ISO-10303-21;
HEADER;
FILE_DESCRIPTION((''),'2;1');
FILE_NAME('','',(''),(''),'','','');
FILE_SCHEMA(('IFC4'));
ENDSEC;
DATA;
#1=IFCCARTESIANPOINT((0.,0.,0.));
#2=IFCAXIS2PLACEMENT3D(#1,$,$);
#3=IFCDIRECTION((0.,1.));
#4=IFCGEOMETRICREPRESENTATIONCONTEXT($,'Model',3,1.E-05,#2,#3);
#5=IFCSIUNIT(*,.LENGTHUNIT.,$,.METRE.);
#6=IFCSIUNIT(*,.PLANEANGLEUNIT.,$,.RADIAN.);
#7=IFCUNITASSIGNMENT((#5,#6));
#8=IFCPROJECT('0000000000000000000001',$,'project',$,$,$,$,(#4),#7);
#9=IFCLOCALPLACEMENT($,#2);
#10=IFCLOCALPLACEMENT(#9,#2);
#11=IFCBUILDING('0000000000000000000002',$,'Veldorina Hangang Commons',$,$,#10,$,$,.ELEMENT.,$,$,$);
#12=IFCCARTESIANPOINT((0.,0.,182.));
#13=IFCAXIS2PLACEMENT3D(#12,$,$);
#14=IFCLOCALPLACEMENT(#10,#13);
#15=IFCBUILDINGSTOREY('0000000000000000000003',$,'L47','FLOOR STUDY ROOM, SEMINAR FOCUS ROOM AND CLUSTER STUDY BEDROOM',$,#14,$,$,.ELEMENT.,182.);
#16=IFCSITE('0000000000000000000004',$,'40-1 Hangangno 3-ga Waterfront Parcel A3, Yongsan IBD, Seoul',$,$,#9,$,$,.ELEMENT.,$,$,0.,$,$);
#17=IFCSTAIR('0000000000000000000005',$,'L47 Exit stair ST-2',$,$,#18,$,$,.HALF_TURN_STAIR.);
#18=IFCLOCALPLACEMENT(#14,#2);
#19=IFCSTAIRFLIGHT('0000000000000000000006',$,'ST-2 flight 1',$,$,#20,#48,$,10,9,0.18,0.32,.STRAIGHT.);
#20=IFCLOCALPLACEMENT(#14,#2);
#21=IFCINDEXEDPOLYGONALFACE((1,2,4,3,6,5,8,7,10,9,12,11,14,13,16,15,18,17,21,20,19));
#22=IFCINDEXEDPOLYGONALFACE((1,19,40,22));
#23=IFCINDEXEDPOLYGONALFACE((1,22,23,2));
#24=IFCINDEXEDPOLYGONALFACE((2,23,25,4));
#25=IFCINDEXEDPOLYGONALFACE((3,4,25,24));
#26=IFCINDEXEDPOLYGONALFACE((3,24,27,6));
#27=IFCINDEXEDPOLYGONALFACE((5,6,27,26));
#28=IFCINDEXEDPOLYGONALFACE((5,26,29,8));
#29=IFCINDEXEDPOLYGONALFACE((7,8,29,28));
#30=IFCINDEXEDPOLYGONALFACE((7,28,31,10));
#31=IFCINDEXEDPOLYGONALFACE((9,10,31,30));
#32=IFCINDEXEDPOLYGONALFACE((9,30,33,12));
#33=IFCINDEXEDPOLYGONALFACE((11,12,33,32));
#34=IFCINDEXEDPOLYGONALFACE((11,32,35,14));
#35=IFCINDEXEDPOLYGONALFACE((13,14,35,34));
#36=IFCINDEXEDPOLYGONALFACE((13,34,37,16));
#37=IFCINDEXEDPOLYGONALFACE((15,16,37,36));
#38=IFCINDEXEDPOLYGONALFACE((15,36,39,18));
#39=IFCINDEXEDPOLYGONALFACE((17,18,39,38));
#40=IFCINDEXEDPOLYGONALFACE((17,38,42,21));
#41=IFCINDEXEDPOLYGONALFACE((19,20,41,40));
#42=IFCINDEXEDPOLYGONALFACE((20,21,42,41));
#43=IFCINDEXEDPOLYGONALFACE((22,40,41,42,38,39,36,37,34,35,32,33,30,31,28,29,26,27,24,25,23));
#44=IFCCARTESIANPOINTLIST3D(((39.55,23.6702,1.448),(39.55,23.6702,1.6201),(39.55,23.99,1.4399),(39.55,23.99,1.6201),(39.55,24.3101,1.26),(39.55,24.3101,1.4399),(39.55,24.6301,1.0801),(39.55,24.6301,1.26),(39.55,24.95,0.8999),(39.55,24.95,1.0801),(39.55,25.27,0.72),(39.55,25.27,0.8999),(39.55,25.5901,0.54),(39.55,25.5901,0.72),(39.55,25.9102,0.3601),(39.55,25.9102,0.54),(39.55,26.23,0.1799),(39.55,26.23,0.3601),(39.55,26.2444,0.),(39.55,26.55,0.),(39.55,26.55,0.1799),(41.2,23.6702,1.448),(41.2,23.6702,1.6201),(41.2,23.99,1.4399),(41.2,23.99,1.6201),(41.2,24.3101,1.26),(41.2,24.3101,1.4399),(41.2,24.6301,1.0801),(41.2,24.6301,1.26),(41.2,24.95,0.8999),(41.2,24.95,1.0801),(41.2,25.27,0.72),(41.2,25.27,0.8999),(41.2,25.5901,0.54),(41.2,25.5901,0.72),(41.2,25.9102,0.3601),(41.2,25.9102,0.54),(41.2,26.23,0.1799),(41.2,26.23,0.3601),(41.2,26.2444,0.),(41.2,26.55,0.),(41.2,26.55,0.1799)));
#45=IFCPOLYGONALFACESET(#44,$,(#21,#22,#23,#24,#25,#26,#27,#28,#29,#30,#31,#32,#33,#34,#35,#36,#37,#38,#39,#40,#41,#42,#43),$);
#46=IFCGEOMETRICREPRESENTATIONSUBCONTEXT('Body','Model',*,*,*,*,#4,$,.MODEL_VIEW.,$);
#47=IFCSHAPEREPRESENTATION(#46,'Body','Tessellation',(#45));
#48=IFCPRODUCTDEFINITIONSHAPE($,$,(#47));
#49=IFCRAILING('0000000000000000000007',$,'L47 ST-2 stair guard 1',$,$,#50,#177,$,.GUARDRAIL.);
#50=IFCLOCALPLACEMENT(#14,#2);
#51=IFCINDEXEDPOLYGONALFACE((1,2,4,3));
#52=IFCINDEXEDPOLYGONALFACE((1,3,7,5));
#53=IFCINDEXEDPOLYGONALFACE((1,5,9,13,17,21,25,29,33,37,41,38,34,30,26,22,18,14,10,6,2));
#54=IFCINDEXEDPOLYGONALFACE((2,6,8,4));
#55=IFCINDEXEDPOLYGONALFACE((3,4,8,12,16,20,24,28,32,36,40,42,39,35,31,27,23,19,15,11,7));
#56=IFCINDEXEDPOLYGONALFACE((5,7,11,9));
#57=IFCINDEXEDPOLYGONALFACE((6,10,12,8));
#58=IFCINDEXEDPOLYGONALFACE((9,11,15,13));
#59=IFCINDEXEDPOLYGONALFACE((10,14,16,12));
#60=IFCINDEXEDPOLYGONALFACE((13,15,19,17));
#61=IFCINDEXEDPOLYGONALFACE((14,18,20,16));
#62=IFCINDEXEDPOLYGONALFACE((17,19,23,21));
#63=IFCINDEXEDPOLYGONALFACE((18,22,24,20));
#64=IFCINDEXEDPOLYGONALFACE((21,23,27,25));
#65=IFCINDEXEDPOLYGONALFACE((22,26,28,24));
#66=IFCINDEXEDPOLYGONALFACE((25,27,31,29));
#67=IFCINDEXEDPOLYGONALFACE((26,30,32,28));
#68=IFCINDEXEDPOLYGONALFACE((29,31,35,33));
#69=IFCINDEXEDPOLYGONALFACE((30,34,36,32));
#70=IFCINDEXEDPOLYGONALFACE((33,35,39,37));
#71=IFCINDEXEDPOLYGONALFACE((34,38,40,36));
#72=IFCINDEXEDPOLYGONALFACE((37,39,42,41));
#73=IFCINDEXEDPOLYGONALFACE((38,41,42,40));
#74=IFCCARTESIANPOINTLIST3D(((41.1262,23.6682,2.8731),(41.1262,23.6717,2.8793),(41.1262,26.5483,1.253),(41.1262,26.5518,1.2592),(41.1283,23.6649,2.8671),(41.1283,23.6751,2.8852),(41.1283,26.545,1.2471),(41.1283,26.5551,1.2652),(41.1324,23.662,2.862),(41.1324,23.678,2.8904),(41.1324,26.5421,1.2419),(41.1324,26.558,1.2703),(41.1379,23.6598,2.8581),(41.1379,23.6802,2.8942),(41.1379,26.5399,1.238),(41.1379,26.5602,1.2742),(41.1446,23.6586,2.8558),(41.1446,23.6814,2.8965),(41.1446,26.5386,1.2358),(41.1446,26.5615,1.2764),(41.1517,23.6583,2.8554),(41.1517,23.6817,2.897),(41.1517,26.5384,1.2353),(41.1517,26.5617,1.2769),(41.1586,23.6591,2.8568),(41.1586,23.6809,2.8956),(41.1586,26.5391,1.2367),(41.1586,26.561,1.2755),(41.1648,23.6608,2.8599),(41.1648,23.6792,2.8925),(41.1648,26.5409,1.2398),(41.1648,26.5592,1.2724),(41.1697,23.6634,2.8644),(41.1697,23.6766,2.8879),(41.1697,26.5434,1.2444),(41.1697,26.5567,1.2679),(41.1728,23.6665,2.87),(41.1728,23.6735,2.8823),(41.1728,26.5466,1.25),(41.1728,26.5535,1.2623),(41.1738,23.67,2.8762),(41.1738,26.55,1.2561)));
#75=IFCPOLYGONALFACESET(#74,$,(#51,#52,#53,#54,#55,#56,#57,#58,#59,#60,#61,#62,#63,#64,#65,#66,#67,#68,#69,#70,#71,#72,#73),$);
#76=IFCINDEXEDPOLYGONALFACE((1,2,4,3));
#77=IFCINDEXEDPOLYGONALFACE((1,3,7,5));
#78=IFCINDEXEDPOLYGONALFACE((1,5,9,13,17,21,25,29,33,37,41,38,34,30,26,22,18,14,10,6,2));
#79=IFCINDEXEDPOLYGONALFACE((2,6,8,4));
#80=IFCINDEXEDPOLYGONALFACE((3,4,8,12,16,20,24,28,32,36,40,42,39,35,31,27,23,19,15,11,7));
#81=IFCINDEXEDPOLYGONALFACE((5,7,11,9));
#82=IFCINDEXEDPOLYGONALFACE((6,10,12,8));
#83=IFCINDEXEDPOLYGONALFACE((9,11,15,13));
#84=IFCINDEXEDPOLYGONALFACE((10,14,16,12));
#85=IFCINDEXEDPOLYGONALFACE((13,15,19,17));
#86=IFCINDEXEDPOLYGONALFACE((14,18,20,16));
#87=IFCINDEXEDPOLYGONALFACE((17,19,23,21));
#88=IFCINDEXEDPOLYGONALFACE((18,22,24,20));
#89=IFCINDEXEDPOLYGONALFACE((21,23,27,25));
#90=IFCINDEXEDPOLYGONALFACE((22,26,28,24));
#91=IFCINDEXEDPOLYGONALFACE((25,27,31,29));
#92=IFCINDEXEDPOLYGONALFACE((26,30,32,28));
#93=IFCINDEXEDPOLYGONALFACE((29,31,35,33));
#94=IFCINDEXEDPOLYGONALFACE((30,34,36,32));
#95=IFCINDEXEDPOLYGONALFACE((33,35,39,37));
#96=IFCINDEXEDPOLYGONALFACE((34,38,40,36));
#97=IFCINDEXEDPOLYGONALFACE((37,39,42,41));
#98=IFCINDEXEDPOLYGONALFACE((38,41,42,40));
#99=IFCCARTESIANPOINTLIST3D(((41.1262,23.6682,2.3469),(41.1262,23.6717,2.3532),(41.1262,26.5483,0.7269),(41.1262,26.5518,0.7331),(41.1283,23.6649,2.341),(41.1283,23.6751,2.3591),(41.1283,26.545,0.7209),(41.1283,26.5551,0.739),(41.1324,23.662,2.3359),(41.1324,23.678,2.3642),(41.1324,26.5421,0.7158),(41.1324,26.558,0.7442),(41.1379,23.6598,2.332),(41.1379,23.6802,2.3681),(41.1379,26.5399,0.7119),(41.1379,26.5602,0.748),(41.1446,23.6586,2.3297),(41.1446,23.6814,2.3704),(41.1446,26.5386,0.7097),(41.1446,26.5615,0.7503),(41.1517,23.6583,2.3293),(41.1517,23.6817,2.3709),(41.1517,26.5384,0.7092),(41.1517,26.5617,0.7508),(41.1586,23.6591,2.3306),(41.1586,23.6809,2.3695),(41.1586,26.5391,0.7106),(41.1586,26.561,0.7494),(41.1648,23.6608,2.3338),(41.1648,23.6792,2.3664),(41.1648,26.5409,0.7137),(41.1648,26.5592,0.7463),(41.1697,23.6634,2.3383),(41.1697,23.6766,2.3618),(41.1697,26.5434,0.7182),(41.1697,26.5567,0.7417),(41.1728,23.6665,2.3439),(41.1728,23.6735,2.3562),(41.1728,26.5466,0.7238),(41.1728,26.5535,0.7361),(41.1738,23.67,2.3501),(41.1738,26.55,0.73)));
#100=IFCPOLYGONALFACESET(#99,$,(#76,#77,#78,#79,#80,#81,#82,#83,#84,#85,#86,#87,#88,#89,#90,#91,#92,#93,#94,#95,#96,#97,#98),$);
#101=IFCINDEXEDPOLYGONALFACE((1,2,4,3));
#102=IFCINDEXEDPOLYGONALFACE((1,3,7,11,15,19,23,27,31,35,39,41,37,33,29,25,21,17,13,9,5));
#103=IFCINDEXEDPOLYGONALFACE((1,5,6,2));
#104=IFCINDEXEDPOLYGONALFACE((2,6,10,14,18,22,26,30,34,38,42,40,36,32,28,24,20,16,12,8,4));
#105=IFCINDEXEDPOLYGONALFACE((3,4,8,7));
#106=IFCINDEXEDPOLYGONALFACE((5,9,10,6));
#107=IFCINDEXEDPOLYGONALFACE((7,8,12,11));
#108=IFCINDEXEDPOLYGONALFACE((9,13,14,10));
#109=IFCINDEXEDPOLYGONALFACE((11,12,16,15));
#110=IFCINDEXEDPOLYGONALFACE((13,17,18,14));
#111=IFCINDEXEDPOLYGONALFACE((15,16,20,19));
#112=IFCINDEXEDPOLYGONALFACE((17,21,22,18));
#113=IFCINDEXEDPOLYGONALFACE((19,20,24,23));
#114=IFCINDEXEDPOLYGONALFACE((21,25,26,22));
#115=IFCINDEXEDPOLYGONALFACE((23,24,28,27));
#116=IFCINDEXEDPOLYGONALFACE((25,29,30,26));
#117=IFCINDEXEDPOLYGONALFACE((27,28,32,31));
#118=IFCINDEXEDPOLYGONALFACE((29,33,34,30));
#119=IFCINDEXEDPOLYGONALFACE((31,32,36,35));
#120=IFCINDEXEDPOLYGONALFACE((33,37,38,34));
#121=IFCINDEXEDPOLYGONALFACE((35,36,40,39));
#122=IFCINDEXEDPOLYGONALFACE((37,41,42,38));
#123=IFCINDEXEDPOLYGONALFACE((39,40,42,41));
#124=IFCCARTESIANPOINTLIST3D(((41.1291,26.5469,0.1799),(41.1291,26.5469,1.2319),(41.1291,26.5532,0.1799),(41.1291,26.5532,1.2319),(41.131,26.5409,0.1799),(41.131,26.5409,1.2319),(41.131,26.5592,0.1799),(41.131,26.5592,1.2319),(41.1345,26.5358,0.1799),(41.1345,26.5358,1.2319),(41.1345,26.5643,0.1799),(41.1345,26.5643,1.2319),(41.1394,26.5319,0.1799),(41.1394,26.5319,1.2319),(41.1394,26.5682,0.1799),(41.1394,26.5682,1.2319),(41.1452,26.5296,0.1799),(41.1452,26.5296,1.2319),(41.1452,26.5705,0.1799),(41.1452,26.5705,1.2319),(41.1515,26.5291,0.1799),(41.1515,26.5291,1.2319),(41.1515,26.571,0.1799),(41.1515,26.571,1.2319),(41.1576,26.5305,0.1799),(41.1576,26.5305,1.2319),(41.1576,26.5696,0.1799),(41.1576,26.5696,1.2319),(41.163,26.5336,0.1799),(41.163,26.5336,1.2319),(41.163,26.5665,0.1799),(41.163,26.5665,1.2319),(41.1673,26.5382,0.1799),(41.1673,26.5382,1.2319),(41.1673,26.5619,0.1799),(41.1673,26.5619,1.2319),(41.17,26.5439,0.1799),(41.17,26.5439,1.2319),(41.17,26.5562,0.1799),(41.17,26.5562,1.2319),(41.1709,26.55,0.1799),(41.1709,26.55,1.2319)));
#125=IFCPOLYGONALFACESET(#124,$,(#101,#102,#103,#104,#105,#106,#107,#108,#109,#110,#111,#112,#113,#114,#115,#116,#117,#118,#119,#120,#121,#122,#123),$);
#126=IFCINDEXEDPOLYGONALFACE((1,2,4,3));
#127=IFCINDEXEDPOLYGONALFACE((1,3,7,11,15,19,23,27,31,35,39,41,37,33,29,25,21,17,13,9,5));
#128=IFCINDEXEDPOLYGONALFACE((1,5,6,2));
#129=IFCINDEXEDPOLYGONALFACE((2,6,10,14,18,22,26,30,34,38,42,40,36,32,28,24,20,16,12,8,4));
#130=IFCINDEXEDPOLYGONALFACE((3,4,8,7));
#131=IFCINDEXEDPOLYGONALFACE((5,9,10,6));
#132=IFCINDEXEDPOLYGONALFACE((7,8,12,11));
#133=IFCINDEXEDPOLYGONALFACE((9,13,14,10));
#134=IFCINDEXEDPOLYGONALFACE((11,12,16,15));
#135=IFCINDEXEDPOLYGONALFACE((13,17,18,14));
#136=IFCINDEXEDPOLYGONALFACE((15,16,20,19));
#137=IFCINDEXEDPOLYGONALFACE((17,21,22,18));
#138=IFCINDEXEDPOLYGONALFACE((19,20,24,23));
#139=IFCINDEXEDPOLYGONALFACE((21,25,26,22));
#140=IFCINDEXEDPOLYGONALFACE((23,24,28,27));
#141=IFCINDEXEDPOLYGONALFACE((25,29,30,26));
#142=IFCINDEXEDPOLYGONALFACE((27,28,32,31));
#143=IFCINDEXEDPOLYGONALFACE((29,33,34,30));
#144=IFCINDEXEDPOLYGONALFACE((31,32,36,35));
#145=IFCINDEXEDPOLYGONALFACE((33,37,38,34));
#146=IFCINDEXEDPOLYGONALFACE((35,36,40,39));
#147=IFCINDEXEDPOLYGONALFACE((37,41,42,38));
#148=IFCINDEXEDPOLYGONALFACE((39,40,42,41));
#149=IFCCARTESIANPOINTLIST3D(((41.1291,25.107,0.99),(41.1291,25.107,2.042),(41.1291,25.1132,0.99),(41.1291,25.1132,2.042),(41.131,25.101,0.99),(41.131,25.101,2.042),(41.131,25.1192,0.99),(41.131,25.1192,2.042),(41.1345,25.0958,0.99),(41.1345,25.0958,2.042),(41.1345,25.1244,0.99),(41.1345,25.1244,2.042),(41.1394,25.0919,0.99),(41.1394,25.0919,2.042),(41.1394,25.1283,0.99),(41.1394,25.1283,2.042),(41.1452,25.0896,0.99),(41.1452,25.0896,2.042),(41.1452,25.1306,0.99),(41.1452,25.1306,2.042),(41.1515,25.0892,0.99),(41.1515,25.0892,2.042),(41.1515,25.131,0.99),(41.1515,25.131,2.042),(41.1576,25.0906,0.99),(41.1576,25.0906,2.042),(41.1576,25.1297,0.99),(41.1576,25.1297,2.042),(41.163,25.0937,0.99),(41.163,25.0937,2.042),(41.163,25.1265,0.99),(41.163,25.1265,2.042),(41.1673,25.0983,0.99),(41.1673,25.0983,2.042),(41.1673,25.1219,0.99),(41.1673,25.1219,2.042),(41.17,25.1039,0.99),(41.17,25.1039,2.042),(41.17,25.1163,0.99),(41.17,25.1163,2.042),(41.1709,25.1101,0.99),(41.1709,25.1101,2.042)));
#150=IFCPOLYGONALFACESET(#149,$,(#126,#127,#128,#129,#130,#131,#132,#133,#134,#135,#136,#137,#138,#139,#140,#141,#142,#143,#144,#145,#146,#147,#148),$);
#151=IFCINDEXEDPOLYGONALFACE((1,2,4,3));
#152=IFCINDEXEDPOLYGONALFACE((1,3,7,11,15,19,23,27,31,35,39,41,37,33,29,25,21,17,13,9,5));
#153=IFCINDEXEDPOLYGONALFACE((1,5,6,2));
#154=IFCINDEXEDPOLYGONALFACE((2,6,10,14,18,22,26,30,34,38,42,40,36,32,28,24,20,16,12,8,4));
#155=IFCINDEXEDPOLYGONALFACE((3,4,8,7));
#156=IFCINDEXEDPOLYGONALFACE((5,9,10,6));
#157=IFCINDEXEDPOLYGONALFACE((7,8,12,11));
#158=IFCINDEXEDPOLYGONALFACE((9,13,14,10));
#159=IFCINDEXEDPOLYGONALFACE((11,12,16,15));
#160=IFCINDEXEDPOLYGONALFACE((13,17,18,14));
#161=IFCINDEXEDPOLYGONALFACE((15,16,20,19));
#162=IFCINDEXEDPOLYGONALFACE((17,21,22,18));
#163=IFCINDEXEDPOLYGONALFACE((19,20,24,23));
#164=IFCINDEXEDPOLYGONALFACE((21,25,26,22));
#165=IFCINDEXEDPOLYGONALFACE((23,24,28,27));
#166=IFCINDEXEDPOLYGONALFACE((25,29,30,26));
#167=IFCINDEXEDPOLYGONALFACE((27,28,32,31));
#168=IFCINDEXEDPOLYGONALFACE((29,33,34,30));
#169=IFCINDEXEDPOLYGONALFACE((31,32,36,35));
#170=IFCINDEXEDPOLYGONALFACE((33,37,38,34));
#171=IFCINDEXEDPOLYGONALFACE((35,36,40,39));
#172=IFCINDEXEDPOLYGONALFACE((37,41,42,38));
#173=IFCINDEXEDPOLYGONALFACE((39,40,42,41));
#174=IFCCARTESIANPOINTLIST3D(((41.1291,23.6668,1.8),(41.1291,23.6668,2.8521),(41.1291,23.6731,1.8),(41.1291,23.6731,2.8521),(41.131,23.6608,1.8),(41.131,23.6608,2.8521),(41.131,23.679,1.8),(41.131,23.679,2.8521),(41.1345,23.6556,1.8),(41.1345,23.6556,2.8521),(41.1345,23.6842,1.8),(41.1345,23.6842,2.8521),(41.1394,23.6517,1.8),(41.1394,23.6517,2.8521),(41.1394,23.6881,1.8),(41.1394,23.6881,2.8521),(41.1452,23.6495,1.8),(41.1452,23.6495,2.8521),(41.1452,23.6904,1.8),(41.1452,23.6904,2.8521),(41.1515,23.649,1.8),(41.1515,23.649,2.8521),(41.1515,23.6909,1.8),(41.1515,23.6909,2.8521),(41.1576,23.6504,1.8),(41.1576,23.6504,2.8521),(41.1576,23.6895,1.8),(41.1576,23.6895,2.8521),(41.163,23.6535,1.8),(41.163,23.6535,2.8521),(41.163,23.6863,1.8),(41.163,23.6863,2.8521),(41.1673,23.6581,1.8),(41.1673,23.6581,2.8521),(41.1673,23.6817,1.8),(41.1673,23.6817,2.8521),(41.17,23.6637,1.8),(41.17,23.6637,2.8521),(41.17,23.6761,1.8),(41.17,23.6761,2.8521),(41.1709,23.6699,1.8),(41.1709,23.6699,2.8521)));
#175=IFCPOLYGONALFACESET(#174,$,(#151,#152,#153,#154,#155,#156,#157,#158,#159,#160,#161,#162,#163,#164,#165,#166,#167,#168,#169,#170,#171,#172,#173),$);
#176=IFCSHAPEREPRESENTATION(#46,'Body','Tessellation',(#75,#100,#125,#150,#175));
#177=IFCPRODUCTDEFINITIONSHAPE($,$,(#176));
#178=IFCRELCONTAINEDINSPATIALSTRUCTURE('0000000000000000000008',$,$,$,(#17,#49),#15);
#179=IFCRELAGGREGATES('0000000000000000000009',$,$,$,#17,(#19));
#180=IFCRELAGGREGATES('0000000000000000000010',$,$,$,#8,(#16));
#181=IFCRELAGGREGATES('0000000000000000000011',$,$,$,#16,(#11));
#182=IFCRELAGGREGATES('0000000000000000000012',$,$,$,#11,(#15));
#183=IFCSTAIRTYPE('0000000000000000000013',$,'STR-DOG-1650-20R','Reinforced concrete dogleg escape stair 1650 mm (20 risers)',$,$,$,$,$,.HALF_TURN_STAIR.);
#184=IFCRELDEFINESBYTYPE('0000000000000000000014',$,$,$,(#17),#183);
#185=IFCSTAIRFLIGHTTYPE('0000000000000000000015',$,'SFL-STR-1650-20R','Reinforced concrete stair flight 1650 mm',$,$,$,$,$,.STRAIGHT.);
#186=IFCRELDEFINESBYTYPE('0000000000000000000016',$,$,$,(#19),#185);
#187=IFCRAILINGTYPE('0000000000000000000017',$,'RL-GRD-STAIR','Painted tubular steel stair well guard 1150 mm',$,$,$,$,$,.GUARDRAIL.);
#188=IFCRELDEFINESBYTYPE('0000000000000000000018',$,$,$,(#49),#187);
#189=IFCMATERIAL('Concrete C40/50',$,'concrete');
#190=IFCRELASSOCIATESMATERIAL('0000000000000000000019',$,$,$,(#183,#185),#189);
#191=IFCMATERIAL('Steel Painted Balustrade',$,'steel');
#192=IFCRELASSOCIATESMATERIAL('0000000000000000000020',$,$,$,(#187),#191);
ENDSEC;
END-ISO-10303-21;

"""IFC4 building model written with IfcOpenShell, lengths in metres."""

from ifc_helpers import new_model, si_unit, direction, frame, origin, origin_2d, place, context, subcontext, project, spatial, polyline, circle, outline, extrude, material, type_object, element, aggregate, save


model = new_model("IFC4")

# Units and contexts
model_context = context("Model", 3, precision=1e-05, world=origin(), true_north=direction((0.0, 1.0)))
body_context = subcontext(model_context, "Body", "Model", "MODEL_VIEW")
ifc_project = project(units=[si_unit("LENGTHUNIT", "METRE"), si_unit("PLANEANGLEUNIT", "RADIAN")], contexts=[model_context])

# Site, building, storey
site_placement = place(None, origin())
site = spatial("IfcSite", under=ifc_project, at=site_placement, Name="40-1 Hangangno 3-ga Waterfront Parcel A3, Yongsan IBD, Seoul", CompositionType="ELEMENT", RefElevation=0.0)
building_placement = place(site_placement, origin())
building = spatial("IfcBuilding", under=site, at=building_placement, Name="Veldorina Hangang Commons", CompositionType="ELEMENT")
storey_placement = place(building_placement, frame((0.0, 0.0, 182.0)))
storey = spatial("IfcBuildingStorey", under=building, at=storey_placement, Name="L47", Description="FLOOR STUDY ROOM, SEMINAR FOCUS ROOM AND CLUSTER STUDY BEDROOM", CompositionType="ELEMENT", Elevation=182.0)

# Stair, stair flight
ifc_material_1 = material(Name="Concrete C40/50", Category="concrete")
stair_type = type_object("IfcStairType", Name="STR-DOG-1650-20R", Description="Reinforced concrete dogleg escape stair 1650 mm (20 risers)", PredefinedType="HALF_TURN_STAIR", material=ifc_material_1)
stair_placement = place(storey_placement, origin())
stair = element("IfcStair", 1, at=stair_placement, inside=storey, type_object=stair_type, Name="L47 Exit stair ST-2", PredefinedType="HALF_TURN_STAIR")
stair_flight_type = type_object("IfcStairFlightType", Name="SFL-STR-1650-20R", Description="Reinforced concrete stair flight 1650 mm", PredefinedType="STRAIGHT", material=ifc_material_1)
stair_flight_placement = place(storey_placement, frame((40.375, 26.55, 0.0), z_axis=(0.0, 0.0, 1.0), x_axis=(0.0, -1.0, 0.0)))
stair_flight = element("IfcStairFlight", 2, at=stair_flight_placement, type_object=stair_flight_type, Name="ST-2 flight 1", NumberOfRisers=10, NumberOfTreads=9, PredefinedType="STRAIGHT", RiserHeight=0.18, TreadLength=0.32, context=body_context, shape_type="SweptSolid", body=[
    extrude(outline(polyline([(0.0, 0.0), (0.0, 0.1799), (0.3201, 0.1799), (0.3201, 0.3601), (0.6399, 0.3601), (0.6399, 0.54), (0.96, 0.54), (0.96, 0.72), (1.28, 0.72), (1.28, 0.8999), (1.6001, 0.8999), (1.6001, 1.0801), (1.9199, 1.0801), (1.9199, 1.26), (2.24, 1.26), (2.24, 1.4399), (2.5601, 1.4399), (2.5601, 1.6201), (2.8799, 1.6201), (2.8799, 1.8), (2.8799, 1.448), (0.3057, 0.0), (0.0, 0.0)])), frame((0.0, 0.825, 0.0), z_axis=(0.0, -1.0, 0.0), x_axis=(1.0, 0.0, 0.0)), (0.0, 0.0, 1.0), 1.6499),
])
aggregate(stair, [stair_flight])

# Railing
ifc_material_2 = material(Name="Steel Painted Balustrade", Category="steel")
railing_type_1 = type_object("IfcRailingType", Name="RL-GRD-STAIR", Description="Painted tubular steel stair well guard 1150 mm", PredefinedType="GUARDRAIL", material=ifc_material_2)
railing_1_placement = place(storey_placement, frame((41.1499, 26.55, 0.1799)))
element("IfcRailing", 3, at=railing_1_placement, inside=storey, type_object=railing_type_1, Name="L47 ST-2 stair guard 1", PredefinedType="GUARDRAIL", context=body_context, shape_type="SweptSolid", body=[
    extrude(circle(Radius=0.0239, at=origin_2d()), frame((0.0, 0.0, 1.0762), z_axis=(0.0, -0.87157, 0.490272), x_axis=(1.0, 0.0, 0.0)), (0.0, 0.0, 1.0), 3.3044),
    extrude(circle(Radius=0.0239, at=origin_2d()), frame((0.0, 0.0, 0.55), z_axis=(0.0, -0.87157, 0.490272), x_axis=(1.0, 0.0, 0.0)), (0.0, 0.0, 1.0), 3.3044),
    extrude(circle(Radius=0.021, at=origin_2d()), origin(), (0.0, 0.0, 1.0), 1.052),
    extrude(circle(Radius=0.021, at=origin_2d()), frame((0.0, -1.4399, 0.8101)), (0.0, 0.0, 1.0), 1.052),
    extrude(circle(Radius=0.021, at=origin_2d()), frame((0.0, -2.8801, 1.6201)), (0.0, 0.0, 1.0), 1.052),
])

save(model, "model.ifc")
